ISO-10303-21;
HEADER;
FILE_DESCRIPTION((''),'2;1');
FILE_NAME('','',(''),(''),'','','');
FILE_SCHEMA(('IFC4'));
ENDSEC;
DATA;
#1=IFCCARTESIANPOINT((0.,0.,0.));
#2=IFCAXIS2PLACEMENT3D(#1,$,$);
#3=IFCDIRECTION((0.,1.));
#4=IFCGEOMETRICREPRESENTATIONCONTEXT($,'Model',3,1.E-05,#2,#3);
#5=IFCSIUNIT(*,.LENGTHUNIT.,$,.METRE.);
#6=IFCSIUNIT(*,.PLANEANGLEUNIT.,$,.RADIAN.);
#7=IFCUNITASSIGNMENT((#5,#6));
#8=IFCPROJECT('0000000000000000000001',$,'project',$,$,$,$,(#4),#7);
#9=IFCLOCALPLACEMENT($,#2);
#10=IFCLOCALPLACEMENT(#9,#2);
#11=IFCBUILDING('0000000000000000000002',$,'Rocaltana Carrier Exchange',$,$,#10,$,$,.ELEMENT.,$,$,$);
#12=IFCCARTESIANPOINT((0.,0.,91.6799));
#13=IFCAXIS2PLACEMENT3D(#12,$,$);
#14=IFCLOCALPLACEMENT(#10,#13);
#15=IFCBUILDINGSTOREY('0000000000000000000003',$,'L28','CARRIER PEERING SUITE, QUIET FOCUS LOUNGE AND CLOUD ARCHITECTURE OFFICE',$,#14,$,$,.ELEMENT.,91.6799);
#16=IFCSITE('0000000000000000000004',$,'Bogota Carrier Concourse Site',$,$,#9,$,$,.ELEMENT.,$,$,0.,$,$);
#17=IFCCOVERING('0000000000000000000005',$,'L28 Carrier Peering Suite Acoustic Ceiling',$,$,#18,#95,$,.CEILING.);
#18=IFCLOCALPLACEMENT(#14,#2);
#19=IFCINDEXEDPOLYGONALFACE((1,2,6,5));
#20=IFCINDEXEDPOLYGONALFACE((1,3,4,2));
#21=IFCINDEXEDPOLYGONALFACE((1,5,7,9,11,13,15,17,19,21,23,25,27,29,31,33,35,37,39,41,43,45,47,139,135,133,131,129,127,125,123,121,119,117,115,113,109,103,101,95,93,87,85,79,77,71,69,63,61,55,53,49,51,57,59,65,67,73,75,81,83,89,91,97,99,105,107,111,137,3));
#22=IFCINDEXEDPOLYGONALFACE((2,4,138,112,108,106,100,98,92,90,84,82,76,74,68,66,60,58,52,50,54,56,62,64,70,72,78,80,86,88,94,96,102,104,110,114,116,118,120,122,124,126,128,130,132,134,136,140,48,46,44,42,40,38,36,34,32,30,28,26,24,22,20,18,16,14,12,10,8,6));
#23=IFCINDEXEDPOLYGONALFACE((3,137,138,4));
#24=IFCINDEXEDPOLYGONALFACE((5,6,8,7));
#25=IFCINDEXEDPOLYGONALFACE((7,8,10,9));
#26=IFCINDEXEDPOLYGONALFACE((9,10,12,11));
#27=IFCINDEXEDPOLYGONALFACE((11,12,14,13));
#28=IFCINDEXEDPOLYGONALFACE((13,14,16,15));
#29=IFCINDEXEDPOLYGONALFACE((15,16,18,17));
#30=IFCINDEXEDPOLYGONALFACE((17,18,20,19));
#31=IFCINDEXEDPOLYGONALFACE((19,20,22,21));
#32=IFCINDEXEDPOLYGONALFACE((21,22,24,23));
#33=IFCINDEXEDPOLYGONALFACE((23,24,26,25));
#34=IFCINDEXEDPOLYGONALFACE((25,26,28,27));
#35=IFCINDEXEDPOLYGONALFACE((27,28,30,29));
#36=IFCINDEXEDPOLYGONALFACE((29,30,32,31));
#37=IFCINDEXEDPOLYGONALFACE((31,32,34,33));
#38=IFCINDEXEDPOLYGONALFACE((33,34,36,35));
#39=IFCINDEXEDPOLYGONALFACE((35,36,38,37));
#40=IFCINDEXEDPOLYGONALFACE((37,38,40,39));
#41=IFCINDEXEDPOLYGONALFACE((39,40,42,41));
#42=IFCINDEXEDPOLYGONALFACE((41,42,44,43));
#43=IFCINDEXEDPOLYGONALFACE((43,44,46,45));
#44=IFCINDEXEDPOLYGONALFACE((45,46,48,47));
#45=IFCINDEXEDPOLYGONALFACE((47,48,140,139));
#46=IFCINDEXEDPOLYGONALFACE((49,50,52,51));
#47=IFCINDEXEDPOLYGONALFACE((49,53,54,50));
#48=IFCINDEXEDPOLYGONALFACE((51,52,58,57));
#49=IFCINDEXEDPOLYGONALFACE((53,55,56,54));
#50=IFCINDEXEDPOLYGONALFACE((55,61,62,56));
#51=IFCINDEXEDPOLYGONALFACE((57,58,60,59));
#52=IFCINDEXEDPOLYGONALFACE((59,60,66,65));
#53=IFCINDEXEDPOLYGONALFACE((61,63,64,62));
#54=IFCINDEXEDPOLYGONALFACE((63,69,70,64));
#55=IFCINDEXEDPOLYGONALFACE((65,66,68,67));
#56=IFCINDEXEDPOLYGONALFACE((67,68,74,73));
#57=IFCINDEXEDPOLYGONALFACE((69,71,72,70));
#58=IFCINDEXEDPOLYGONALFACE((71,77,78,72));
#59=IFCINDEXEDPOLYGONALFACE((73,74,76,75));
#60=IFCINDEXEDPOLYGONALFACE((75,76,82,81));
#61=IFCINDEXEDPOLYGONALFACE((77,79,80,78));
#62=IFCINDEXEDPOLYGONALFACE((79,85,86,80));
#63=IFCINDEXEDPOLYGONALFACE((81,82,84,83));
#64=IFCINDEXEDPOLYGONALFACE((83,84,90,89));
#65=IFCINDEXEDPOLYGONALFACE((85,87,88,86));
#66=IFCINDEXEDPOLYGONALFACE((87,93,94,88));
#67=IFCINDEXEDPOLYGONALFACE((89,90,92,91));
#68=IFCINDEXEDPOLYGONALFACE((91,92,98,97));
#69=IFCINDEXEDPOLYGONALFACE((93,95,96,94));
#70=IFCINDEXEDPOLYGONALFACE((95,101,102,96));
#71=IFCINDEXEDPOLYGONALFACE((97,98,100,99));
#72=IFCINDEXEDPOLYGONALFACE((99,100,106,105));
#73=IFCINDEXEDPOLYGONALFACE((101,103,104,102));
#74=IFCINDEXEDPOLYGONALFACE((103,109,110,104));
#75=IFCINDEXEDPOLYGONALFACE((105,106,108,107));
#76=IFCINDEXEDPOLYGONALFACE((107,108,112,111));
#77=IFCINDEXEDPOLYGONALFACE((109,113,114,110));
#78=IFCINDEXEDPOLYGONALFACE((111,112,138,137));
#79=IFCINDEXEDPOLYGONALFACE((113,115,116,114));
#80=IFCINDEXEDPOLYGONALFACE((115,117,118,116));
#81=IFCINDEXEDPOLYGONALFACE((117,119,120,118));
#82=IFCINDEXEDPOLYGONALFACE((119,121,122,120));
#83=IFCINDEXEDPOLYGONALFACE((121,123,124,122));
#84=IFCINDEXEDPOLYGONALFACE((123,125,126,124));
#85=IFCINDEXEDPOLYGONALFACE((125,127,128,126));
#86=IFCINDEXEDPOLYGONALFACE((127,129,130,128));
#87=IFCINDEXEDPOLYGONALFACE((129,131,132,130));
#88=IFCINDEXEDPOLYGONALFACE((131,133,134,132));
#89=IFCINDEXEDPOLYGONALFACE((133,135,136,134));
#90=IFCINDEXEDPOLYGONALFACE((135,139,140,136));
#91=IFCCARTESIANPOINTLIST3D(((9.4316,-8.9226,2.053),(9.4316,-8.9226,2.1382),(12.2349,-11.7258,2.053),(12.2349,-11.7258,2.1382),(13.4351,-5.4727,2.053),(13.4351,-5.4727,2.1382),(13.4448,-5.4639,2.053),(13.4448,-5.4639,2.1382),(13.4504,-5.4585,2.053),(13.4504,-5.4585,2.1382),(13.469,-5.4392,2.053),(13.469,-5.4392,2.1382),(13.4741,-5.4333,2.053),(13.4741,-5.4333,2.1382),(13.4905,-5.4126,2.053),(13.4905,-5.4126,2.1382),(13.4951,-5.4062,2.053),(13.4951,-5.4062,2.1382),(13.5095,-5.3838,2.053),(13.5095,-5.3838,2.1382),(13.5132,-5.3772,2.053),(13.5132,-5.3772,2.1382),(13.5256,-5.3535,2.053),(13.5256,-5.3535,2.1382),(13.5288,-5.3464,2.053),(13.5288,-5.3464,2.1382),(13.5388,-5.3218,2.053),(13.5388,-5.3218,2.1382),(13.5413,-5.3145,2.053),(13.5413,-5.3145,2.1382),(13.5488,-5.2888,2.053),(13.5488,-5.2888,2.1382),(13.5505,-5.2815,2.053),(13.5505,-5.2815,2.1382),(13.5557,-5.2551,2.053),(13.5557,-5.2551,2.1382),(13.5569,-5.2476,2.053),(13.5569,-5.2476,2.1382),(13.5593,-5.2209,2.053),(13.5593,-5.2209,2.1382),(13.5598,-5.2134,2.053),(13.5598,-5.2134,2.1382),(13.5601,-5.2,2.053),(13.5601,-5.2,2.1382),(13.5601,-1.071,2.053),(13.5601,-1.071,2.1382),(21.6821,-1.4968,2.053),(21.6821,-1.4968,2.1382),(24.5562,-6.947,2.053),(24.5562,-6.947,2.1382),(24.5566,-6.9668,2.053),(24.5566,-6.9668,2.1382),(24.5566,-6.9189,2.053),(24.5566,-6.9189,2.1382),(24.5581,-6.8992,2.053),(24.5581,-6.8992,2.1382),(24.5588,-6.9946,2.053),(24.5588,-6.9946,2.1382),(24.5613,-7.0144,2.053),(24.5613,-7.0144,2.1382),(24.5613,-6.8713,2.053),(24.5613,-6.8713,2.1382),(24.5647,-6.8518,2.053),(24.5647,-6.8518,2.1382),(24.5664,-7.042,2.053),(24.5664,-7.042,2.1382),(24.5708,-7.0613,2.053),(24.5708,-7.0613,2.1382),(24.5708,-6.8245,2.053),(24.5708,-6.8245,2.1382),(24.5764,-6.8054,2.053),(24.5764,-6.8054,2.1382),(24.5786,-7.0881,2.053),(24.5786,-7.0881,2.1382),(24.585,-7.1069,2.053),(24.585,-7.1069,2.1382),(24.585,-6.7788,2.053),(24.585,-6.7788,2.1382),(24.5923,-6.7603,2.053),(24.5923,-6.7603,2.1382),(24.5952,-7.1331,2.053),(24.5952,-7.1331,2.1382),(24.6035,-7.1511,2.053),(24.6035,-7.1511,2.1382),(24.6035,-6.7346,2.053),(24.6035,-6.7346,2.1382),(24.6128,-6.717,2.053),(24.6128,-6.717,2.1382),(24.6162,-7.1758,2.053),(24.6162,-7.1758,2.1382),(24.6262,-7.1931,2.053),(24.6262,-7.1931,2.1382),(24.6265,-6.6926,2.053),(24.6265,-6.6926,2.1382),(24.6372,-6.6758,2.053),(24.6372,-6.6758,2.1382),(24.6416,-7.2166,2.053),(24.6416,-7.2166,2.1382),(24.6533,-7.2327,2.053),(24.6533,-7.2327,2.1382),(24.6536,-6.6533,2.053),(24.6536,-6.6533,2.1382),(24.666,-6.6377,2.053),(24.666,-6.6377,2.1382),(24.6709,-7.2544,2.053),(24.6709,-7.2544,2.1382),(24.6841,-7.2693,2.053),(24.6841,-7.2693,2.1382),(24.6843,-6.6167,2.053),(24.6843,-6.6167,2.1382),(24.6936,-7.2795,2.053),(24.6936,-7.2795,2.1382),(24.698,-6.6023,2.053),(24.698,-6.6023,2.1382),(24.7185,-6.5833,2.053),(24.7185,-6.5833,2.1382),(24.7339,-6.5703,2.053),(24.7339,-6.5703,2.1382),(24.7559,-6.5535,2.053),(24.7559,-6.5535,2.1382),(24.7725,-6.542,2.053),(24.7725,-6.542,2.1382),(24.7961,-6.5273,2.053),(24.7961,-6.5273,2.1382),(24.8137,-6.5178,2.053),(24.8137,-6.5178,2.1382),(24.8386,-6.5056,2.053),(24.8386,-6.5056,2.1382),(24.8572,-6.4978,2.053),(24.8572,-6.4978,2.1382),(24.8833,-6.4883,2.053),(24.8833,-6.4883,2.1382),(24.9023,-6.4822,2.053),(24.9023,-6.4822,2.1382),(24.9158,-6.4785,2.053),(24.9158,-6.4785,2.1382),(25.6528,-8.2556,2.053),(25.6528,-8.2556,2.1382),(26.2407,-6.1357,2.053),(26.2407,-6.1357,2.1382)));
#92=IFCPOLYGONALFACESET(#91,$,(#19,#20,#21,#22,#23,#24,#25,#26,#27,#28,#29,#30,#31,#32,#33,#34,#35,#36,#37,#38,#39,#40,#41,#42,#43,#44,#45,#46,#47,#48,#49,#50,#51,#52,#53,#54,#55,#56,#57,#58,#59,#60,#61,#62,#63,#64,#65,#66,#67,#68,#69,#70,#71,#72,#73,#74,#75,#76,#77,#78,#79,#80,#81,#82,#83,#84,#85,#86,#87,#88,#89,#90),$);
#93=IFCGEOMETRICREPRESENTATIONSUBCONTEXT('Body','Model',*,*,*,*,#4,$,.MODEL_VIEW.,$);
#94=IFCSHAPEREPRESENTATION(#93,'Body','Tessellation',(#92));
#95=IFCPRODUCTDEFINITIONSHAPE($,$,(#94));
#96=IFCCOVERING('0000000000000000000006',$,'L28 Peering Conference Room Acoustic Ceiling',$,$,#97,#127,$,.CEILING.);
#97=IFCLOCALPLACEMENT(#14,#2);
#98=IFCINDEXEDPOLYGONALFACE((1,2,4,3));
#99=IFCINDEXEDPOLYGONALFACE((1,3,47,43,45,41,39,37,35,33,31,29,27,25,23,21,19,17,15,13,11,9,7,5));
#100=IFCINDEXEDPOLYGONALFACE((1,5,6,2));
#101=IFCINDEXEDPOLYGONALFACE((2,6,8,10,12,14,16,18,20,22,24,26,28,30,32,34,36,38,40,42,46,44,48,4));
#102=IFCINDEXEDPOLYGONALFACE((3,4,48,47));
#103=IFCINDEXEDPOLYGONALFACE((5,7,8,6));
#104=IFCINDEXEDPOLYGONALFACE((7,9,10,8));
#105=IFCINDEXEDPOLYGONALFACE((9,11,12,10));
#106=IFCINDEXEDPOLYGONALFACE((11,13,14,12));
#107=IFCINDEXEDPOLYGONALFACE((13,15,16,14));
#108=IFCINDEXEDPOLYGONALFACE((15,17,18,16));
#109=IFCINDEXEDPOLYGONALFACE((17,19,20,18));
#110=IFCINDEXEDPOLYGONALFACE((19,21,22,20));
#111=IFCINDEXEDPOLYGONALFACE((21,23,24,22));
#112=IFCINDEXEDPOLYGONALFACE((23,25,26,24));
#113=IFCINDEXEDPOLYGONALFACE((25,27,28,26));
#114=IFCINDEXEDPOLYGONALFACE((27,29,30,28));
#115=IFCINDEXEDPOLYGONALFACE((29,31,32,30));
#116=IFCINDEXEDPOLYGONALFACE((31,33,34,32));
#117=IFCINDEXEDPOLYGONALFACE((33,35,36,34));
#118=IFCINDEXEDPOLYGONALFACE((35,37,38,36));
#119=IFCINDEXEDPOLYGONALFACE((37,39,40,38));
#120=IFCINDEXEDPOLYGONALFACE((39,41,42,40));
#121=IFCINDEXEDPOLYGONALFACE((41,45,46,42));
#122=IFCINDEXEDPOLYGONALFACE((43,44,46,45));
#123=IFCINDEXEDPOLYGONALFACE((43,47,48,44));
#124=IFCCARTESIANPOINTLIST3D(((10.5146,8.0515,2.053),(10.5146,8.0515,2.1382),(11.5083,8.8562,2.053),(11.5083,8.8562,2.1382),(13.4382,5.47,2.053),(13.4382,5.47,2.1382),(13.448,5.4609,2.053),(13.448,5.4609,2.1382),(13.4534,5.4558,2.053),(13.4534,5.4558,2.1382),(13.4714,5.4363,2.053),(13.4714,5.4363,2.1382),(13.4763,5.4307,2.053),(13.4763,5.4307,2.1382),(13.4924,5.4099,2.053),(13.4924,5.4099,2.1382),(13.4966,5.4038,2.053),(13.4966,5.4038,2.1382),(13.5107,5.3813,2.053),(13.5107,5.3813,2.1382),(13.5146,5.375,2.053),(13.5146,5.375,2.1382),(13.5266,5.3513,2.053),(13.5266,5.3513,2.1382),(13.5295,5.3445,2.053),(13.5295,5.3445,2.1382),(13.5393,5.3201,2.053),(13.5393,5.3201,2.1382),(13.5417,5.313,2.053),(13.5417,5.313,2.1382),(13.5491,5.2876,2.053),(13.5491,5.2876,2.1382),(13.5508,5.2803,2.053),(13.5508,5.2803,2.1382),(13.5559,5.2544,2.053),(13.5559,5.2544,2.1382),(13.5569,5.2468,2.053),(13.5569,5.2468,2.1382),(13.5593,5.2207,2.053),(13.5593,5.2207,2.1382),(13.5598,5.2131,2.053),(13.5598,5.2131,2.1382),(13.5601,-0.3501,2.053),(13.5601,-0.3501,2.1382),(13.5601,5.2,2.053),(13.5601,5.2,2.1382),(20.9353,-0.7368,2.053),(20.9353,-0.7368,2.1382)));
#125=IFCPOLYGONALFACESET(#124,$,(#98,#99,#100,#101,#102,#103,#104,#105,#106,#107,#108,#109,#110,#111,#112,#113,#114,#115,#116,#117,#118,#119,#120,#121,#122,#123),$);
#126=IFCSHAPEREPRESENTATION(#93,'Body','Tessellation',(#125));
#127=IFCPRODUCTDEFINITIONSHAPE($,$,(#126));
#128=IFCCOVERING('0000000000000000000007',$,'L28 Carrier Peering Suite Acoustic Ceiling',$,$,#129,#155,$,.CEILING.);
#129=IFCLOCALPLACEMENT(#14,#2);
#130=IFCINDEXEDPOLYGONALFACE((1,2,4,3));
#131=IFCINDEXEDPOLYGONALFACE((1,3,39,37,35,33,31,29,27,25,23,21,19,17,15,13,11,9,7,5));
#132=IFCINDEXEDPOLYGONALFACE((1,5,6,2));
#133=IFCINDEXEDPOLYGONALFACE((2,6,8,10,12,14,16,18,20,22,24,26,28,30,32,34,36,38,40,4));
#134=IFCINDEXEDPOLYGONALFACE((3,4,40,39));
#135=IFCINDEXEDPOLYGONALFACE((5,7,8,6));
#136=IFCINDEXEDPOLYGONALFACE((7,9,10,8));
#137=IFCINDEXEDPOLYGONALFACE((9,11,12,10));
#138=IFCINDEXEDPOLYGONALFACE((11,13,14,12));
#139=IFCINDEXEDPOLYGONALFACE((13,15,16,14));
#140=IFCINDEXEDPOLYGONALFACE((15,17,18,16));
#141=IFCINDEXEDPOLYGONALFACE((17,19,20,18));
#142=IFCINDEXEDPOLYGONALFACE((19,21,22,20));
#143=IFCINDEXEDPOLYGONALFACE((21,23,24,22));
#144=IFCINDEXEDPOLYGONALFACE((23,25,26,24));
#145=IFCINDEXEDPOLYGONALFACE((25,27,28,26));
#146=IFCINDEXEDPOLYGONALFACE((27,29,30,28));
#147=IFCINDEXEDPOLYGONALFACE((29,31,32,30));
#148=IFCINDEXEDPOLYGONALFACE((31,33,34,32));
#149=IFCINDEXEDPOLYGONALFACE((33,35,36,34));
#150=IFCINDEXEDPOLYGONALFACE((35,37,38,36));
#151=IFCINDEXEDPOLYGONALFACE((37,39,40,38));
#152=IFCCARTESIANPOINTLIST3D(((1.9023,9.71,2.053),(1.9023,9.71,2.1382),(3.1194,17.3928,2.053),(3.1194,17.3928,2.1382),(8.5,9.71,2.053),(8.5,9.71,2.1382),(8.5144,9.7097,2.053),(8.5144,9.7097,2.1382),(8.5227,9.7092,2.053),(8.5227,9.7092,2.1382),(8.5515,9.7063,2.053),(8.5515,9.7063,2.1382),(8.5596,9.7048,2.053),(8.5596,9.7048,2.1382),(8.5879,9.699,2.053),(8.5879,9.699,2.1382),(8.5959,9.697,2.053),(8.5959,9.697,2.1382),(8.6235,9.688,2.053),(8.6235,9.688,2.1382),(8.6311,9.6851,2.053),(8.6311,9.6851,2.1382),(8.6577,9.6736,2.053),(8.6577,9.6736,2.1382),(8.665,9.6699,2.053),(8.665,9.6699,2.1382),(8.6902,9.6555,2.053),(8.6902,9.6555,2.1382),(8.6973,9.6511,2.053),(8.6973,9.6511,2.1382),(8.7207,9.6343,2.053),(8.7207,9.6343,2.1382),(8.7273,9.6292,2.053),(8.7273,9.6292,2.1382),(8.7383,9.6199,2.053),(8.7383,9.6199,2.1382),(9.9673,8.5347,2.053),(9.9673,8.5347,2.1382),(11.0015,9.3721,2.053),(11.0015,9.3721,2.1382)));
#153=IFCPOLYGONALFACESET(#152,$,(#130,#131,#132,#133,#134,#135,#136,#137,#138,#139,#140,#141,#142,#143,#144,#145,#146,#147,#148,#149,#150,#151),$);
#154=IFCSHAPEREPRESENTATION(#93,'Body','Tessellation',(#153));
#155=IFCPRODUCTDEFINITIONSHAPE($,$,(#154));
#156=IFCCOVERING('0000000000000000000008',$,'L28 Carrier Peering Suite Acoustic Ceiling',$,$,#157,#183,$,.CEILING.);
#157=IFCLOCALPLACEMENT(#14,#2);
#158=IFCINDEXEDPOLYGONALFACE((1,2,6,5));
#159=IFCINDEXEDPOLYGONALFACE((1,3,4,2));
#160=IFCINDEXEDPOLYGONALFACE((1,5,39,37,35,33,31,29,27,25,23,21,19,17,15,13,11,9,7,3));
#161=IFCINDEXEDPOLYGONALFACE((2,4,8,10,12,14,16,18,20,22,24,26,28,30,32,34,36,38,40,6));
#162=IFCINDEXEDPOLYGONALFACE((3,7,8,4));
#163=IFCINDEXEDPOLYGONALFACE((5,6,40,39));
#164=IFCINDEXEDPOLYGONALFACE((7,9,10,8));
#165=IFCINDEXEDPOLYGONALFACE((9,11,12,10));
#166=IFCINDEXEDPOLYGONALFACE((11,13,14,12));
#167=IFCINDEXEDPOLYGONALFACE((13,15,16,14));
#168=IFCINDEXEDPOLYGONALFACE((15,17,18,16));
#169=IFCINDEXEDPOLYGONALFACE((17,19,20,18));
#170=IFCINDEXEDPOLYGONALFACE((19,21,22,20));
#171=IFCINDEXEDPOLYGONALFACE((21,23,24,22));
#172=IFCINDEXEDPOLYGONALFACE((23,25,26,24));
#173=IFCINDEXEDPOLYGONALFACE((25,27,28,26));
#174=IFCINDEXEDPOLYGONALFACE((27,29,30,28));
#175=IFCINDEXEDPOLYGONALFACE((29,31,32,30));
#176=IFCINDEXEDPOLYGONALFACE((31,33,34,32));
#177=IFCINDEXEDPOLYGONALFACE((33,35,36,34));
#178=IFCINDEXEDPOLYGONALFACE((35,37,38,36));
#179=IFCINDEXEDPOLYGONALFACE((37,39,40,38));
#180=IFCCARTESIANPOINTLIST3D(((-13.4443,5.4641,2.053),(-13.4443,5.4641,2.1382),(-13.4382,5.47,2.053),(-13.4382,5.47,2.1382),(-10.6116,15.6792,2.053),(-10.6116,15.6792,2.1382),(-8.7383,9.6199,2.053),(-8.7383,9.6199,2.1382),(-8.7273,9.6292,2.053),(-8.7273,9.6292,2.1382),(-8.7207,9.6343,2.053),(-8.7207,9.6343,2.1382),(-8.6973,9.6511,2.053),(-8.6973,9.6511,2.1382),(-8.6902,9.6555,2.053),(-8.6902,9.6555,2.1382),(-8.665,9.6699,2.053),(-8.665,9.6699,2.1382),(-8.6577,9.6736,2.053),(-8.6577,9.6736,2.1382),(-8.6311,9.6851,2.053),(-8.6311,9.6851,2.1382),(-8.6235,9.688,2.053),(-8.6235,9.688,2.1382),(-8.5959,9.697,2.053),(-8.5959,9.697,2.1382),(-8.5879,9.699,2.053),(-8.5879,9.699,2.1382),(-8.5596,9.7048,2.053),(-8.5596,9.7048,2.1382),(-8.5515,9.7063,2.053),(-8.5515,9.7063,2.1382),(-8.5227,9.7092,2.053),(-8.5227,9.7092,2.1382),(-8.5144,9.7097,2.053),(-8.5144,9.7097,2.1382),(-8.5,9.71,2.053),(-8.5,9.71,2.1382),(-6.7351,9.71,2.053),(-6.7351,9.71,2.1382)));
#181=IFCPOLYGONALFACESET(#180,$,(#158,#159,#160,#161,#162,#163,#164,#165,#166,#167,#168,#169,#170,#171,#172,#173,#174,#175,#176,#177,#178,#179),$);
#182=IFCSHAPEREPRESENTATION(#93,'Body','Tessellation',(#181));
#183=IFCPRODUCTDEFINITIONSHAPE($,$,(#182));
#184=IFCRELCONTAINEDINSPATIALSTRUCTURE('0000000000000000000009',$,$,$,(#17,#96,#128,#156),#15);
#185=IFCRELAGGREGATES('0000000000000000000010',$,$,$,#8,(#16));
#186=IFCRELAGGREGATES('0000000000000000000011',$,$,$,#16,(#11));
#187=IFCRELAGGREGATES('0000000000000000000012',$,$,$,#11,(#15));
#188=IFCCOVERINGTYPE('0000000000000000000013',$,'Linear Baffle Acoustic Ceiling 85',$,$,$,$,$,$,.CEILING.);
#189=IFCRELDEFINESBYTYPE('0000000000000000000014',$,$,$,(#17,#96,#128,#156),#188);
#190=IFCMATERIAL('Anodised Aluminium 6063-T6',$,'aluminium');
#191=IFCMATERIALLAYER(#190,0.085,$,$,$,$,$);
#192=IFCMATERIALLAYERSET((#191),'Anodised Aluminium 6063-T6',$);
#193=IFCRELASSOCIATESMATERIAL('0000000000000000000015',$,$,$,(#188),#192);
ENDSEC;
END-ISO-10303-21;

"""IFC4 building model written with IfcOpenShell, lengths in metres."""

from ifc_helpers import new_model, si_unit, direction, frame, origin, place, context, subcontext, project, spatial, polyline, outline, extrude, material, layer, layer_set, type_object, element, save


model = new_model("IFC4")

# Units and contexts
model_context = context("Model", 3, precision=1e-05, world=origin(), true_north=direction((0.0, 1.0)))
body_context = subcontext(model_context, "Body", "Model", "MODEL_VIEW")
ifc_project = project(units=[si_unit("LENGTHUNIT", "METRE"), si_unit("PLANEANGLEUNIT", "RADIAN")], contexts=[model_context])

# Site, building, storey
site_placement = place(None, origin())
site = spatial("IfcSite", under=ifc_project, at=site_placement, Name="Bogota Carrier Concourse Site", CompositionType="ELEMENT", RefElevation=0.0)
building_placement = place(site_placement, origin())
building = spatial("IfcBuilding", under=site, at=building_placement, Name="Rocaltana Carrier Exchange", CompositionType="ELEMENT")
storey_placement = place(building_placement, frame((0.0, 0.0, 91.6799)))
storey = spatial("IfcBuildingStorey", under=building, at=storey_placement, Name="L28", Description="CARRIER PEERING SUITE, QUIET FOCUS LOUNGE AND CLOUD ARCHITECTURE OFFICE", CompositionType="ELEMENT", Elevation=91.6799)

# Coverings
ifc_material_1 = material(Name="Anodised Aluminium 6063-T6", Category="aluminium")
ifc_layer_1 = layer(ifc_material_1, 0.085)
ifc_layer_set_1 = layer_set([ifc_layer_1], Name="Anodised Aluminium 6063-T6")
covering_type_1 = type_object("IfcCoveringType", Name="Linear Baffle Acoustic Ceiling 85", PredefinedType="CEILING", material=ifc_layer_set_1)
covering_1_placement = place(storey_placement, frame((0.0, 0.0, 2.053)))
element("IfcCovering", 1, at=covering_1_placement, inside=storey, type_object=covering_type_1, Name="L28 Carrier Peering Suite Acoustic Ceiling", PredefinedType="CEILING", context=body_context, shape_type="SweptSolid", body=[
    extrude(outline(polyline([(26.2407, -6.1357), (24.9158, -6.4785), (24.9023, -6.4822), (24.8833, -6.4883), (24.8572, -6.4978), (24.8386, -6.5056), (24.8137, -6.5178), (24.7961, -6.5273), (24.7725, -6.542), (24.7559, -6.5535), (24.7339, -6.5703), (24.7185, -6.5833), (24.698, -6.6023), (24.6843, -6.6167), (24.666, -6.6377), (24.6536, -6.6533), (24.6372, -6.6758), (24.6265, -6.6926), (24.6128, -6.717), (24.6035, -6.7346), (24.5923, -6.7603), (24.585, -6.7788), (24.5764, -6.8054), (24.5708, -6.8245), (24.5647, -6.8518), (24.5613, -6.8713), (24.5581, -6.8992), (24.5566, -6.9189), (24.5562, -6.947), (24.5566, -6.9668), (24.5588, -6.9946), (24.5613, -7.0144), (24.5664, -7.042), (24.5708, -7.0613), (24.5786, -7.0881), (24.585, -7.1069), (24.5952, -7.1331), (24.6035, -7.1511), (24.6162, -7.1758), (24.6262, -7.1931), (24.6416, -7.2166), (24.6533, -7.2327), (24.6709, -7.2544), (24.6841, -7.2693), (24.6936, -7.2795), (25.6528, -8.2556), (12.2349, -11.7258), (9.4316, -8.9226), (13.4351, -5.4727), (13.4448, -5.4639), (13.4504, -5.4585), (13.469, -5.4392), (13.4741, -5.4333), (13.4905, -5.4126), (13.4951, -5.4062), (13.5095, -5.3838), (13.5132, -5.3772), (13.5256, -5.3535), (13.5288, -5.3464), (13.5388, -5.3218), (13.5413, -5.3145), (13.5488, -5.2888), (13.5505, -5.2815), (13.5557, -5.2551), (13.5569, -5.2476), (13.5593, -5.2209), (13.5598, -5.2134), (13.5601, -5.2), (13.5601, -1.071), (21.6821, -1.4968), (26.2407, -6.1357)])), origin(), (0.0, 0.0, 1.0), 0.0852),
])
covering_2_placement = place(storey_placement, frame((0.0, 0.0, 2.053)))
element("IfcCovering", 2, at=covering_2_placement, inside=storey, type_object=covering_type_1, Name="L28 Peering Conference Room Acoustic Ceiling", PredefinedType="CEILING", context=body_context, shape_type="SweptSolid", body=[
    extrude(outline(polyline([(20.9353, -0.7368), (13.5601, -0.3501), (13.5601, 5.2), (13.5598, 5.2131), (13.5593, 5.2207), (13.5569, 5.2468), (13.5559, 5.2544), (13.5508, 5.2803), (13.5491, 5.2876), (13.5417, 5.313), (13.5393, 5.3201), (13.5295, 5.3445), (13.5266, 5.3513), (13.5146, 5.375), (13.5107, 5.3813), (13.4966, 5.4038), (13.4924, 5.4099), (13.4763, 5.4307), (13.4714, 5.4363), (13.4534, 5.4558), (13.448, 5.4609), (13.4382, 5.47), (10.5146, 8.0515), (11.5083, 8.8562), (20.9353, -0.7368)])), origin(), (0.0, 0.0, 1.0), 0.0852),
])
covering_3_placement = place(storey_placement, frame((0.0, 0.0, 2.053)))
element("IfcCovering", 3, at=covering_3_placement, inside=storey, type_object=covering_type_1, Name="L28 Carrier Peering Suite Acoustic Ceiling", PredefinedType="CEILING", context=body_context, shape_type="SweptSolid", body=[
    extrude(outline(polyline([(11.0015, 9.3721), (9.9673, 8.5347), (8.7383, 9.6199), (8.7273, 9.6292), (8.7207, 9.6343), (8.6973, 9.6511), (8.6902, 9.6555), (8.665, 9.6699), (8.6577, 9.6736), (8.6311, 9.6851), (8.6235, 9.688), (8.5959, 9.697), (8.5879, 9.699), (8.5596, 9.7048), (8.5515, 9.7063), (8.5227, 9.7092), (8.5144, 9.7097), (8.5, 9.71), (1.9023, 9.71), (3.1194, 17.3928), (11.0015, 9.3721)])), origin(), (0.0, 0.0, 1.0), 0.0852),
])
covering_4_placement = place(storey_placement, frame((0.0, 0.0, 2.053)))
element("IfcCovering", 4, at=covering_4_placement, inside=storey, type_object=covering_type_1, Name="L28 Carrier Peering Suite Acoustic Ceiling", PredefinedType="CEILING", context=body_context, shape_type="SweptSolid", body=[
    extrude(outline(polyline([(-13.4443, 5.4641), (-10.6116, 15.6792), (-6.7351, 9.71), (-8.5, 9.71), (-8.5144, 9.7097), (-8.5227, 9.7092), (-8.5515, 9.7063), (-8.5596, 9.7048), (-8.5879, 9.699), (-8.5959, 9.697), (-8.6235, 9.688), (-8.6311, 9.6851), (-8.6577, 9.6736), (-8.665, 9.6699), (-8.6902, 9.6555), (-8.6973, 9.6511), (-8.7207, 9.6343), (-8.7273, 9.6292), (-8.7383, 9.6199), (-13.4382, 5.47), (-13.4443, 5.4641)])), origin(), (0.0, 0.0, 1.0), 0.0852),
])

save(model, "model.ifc")
